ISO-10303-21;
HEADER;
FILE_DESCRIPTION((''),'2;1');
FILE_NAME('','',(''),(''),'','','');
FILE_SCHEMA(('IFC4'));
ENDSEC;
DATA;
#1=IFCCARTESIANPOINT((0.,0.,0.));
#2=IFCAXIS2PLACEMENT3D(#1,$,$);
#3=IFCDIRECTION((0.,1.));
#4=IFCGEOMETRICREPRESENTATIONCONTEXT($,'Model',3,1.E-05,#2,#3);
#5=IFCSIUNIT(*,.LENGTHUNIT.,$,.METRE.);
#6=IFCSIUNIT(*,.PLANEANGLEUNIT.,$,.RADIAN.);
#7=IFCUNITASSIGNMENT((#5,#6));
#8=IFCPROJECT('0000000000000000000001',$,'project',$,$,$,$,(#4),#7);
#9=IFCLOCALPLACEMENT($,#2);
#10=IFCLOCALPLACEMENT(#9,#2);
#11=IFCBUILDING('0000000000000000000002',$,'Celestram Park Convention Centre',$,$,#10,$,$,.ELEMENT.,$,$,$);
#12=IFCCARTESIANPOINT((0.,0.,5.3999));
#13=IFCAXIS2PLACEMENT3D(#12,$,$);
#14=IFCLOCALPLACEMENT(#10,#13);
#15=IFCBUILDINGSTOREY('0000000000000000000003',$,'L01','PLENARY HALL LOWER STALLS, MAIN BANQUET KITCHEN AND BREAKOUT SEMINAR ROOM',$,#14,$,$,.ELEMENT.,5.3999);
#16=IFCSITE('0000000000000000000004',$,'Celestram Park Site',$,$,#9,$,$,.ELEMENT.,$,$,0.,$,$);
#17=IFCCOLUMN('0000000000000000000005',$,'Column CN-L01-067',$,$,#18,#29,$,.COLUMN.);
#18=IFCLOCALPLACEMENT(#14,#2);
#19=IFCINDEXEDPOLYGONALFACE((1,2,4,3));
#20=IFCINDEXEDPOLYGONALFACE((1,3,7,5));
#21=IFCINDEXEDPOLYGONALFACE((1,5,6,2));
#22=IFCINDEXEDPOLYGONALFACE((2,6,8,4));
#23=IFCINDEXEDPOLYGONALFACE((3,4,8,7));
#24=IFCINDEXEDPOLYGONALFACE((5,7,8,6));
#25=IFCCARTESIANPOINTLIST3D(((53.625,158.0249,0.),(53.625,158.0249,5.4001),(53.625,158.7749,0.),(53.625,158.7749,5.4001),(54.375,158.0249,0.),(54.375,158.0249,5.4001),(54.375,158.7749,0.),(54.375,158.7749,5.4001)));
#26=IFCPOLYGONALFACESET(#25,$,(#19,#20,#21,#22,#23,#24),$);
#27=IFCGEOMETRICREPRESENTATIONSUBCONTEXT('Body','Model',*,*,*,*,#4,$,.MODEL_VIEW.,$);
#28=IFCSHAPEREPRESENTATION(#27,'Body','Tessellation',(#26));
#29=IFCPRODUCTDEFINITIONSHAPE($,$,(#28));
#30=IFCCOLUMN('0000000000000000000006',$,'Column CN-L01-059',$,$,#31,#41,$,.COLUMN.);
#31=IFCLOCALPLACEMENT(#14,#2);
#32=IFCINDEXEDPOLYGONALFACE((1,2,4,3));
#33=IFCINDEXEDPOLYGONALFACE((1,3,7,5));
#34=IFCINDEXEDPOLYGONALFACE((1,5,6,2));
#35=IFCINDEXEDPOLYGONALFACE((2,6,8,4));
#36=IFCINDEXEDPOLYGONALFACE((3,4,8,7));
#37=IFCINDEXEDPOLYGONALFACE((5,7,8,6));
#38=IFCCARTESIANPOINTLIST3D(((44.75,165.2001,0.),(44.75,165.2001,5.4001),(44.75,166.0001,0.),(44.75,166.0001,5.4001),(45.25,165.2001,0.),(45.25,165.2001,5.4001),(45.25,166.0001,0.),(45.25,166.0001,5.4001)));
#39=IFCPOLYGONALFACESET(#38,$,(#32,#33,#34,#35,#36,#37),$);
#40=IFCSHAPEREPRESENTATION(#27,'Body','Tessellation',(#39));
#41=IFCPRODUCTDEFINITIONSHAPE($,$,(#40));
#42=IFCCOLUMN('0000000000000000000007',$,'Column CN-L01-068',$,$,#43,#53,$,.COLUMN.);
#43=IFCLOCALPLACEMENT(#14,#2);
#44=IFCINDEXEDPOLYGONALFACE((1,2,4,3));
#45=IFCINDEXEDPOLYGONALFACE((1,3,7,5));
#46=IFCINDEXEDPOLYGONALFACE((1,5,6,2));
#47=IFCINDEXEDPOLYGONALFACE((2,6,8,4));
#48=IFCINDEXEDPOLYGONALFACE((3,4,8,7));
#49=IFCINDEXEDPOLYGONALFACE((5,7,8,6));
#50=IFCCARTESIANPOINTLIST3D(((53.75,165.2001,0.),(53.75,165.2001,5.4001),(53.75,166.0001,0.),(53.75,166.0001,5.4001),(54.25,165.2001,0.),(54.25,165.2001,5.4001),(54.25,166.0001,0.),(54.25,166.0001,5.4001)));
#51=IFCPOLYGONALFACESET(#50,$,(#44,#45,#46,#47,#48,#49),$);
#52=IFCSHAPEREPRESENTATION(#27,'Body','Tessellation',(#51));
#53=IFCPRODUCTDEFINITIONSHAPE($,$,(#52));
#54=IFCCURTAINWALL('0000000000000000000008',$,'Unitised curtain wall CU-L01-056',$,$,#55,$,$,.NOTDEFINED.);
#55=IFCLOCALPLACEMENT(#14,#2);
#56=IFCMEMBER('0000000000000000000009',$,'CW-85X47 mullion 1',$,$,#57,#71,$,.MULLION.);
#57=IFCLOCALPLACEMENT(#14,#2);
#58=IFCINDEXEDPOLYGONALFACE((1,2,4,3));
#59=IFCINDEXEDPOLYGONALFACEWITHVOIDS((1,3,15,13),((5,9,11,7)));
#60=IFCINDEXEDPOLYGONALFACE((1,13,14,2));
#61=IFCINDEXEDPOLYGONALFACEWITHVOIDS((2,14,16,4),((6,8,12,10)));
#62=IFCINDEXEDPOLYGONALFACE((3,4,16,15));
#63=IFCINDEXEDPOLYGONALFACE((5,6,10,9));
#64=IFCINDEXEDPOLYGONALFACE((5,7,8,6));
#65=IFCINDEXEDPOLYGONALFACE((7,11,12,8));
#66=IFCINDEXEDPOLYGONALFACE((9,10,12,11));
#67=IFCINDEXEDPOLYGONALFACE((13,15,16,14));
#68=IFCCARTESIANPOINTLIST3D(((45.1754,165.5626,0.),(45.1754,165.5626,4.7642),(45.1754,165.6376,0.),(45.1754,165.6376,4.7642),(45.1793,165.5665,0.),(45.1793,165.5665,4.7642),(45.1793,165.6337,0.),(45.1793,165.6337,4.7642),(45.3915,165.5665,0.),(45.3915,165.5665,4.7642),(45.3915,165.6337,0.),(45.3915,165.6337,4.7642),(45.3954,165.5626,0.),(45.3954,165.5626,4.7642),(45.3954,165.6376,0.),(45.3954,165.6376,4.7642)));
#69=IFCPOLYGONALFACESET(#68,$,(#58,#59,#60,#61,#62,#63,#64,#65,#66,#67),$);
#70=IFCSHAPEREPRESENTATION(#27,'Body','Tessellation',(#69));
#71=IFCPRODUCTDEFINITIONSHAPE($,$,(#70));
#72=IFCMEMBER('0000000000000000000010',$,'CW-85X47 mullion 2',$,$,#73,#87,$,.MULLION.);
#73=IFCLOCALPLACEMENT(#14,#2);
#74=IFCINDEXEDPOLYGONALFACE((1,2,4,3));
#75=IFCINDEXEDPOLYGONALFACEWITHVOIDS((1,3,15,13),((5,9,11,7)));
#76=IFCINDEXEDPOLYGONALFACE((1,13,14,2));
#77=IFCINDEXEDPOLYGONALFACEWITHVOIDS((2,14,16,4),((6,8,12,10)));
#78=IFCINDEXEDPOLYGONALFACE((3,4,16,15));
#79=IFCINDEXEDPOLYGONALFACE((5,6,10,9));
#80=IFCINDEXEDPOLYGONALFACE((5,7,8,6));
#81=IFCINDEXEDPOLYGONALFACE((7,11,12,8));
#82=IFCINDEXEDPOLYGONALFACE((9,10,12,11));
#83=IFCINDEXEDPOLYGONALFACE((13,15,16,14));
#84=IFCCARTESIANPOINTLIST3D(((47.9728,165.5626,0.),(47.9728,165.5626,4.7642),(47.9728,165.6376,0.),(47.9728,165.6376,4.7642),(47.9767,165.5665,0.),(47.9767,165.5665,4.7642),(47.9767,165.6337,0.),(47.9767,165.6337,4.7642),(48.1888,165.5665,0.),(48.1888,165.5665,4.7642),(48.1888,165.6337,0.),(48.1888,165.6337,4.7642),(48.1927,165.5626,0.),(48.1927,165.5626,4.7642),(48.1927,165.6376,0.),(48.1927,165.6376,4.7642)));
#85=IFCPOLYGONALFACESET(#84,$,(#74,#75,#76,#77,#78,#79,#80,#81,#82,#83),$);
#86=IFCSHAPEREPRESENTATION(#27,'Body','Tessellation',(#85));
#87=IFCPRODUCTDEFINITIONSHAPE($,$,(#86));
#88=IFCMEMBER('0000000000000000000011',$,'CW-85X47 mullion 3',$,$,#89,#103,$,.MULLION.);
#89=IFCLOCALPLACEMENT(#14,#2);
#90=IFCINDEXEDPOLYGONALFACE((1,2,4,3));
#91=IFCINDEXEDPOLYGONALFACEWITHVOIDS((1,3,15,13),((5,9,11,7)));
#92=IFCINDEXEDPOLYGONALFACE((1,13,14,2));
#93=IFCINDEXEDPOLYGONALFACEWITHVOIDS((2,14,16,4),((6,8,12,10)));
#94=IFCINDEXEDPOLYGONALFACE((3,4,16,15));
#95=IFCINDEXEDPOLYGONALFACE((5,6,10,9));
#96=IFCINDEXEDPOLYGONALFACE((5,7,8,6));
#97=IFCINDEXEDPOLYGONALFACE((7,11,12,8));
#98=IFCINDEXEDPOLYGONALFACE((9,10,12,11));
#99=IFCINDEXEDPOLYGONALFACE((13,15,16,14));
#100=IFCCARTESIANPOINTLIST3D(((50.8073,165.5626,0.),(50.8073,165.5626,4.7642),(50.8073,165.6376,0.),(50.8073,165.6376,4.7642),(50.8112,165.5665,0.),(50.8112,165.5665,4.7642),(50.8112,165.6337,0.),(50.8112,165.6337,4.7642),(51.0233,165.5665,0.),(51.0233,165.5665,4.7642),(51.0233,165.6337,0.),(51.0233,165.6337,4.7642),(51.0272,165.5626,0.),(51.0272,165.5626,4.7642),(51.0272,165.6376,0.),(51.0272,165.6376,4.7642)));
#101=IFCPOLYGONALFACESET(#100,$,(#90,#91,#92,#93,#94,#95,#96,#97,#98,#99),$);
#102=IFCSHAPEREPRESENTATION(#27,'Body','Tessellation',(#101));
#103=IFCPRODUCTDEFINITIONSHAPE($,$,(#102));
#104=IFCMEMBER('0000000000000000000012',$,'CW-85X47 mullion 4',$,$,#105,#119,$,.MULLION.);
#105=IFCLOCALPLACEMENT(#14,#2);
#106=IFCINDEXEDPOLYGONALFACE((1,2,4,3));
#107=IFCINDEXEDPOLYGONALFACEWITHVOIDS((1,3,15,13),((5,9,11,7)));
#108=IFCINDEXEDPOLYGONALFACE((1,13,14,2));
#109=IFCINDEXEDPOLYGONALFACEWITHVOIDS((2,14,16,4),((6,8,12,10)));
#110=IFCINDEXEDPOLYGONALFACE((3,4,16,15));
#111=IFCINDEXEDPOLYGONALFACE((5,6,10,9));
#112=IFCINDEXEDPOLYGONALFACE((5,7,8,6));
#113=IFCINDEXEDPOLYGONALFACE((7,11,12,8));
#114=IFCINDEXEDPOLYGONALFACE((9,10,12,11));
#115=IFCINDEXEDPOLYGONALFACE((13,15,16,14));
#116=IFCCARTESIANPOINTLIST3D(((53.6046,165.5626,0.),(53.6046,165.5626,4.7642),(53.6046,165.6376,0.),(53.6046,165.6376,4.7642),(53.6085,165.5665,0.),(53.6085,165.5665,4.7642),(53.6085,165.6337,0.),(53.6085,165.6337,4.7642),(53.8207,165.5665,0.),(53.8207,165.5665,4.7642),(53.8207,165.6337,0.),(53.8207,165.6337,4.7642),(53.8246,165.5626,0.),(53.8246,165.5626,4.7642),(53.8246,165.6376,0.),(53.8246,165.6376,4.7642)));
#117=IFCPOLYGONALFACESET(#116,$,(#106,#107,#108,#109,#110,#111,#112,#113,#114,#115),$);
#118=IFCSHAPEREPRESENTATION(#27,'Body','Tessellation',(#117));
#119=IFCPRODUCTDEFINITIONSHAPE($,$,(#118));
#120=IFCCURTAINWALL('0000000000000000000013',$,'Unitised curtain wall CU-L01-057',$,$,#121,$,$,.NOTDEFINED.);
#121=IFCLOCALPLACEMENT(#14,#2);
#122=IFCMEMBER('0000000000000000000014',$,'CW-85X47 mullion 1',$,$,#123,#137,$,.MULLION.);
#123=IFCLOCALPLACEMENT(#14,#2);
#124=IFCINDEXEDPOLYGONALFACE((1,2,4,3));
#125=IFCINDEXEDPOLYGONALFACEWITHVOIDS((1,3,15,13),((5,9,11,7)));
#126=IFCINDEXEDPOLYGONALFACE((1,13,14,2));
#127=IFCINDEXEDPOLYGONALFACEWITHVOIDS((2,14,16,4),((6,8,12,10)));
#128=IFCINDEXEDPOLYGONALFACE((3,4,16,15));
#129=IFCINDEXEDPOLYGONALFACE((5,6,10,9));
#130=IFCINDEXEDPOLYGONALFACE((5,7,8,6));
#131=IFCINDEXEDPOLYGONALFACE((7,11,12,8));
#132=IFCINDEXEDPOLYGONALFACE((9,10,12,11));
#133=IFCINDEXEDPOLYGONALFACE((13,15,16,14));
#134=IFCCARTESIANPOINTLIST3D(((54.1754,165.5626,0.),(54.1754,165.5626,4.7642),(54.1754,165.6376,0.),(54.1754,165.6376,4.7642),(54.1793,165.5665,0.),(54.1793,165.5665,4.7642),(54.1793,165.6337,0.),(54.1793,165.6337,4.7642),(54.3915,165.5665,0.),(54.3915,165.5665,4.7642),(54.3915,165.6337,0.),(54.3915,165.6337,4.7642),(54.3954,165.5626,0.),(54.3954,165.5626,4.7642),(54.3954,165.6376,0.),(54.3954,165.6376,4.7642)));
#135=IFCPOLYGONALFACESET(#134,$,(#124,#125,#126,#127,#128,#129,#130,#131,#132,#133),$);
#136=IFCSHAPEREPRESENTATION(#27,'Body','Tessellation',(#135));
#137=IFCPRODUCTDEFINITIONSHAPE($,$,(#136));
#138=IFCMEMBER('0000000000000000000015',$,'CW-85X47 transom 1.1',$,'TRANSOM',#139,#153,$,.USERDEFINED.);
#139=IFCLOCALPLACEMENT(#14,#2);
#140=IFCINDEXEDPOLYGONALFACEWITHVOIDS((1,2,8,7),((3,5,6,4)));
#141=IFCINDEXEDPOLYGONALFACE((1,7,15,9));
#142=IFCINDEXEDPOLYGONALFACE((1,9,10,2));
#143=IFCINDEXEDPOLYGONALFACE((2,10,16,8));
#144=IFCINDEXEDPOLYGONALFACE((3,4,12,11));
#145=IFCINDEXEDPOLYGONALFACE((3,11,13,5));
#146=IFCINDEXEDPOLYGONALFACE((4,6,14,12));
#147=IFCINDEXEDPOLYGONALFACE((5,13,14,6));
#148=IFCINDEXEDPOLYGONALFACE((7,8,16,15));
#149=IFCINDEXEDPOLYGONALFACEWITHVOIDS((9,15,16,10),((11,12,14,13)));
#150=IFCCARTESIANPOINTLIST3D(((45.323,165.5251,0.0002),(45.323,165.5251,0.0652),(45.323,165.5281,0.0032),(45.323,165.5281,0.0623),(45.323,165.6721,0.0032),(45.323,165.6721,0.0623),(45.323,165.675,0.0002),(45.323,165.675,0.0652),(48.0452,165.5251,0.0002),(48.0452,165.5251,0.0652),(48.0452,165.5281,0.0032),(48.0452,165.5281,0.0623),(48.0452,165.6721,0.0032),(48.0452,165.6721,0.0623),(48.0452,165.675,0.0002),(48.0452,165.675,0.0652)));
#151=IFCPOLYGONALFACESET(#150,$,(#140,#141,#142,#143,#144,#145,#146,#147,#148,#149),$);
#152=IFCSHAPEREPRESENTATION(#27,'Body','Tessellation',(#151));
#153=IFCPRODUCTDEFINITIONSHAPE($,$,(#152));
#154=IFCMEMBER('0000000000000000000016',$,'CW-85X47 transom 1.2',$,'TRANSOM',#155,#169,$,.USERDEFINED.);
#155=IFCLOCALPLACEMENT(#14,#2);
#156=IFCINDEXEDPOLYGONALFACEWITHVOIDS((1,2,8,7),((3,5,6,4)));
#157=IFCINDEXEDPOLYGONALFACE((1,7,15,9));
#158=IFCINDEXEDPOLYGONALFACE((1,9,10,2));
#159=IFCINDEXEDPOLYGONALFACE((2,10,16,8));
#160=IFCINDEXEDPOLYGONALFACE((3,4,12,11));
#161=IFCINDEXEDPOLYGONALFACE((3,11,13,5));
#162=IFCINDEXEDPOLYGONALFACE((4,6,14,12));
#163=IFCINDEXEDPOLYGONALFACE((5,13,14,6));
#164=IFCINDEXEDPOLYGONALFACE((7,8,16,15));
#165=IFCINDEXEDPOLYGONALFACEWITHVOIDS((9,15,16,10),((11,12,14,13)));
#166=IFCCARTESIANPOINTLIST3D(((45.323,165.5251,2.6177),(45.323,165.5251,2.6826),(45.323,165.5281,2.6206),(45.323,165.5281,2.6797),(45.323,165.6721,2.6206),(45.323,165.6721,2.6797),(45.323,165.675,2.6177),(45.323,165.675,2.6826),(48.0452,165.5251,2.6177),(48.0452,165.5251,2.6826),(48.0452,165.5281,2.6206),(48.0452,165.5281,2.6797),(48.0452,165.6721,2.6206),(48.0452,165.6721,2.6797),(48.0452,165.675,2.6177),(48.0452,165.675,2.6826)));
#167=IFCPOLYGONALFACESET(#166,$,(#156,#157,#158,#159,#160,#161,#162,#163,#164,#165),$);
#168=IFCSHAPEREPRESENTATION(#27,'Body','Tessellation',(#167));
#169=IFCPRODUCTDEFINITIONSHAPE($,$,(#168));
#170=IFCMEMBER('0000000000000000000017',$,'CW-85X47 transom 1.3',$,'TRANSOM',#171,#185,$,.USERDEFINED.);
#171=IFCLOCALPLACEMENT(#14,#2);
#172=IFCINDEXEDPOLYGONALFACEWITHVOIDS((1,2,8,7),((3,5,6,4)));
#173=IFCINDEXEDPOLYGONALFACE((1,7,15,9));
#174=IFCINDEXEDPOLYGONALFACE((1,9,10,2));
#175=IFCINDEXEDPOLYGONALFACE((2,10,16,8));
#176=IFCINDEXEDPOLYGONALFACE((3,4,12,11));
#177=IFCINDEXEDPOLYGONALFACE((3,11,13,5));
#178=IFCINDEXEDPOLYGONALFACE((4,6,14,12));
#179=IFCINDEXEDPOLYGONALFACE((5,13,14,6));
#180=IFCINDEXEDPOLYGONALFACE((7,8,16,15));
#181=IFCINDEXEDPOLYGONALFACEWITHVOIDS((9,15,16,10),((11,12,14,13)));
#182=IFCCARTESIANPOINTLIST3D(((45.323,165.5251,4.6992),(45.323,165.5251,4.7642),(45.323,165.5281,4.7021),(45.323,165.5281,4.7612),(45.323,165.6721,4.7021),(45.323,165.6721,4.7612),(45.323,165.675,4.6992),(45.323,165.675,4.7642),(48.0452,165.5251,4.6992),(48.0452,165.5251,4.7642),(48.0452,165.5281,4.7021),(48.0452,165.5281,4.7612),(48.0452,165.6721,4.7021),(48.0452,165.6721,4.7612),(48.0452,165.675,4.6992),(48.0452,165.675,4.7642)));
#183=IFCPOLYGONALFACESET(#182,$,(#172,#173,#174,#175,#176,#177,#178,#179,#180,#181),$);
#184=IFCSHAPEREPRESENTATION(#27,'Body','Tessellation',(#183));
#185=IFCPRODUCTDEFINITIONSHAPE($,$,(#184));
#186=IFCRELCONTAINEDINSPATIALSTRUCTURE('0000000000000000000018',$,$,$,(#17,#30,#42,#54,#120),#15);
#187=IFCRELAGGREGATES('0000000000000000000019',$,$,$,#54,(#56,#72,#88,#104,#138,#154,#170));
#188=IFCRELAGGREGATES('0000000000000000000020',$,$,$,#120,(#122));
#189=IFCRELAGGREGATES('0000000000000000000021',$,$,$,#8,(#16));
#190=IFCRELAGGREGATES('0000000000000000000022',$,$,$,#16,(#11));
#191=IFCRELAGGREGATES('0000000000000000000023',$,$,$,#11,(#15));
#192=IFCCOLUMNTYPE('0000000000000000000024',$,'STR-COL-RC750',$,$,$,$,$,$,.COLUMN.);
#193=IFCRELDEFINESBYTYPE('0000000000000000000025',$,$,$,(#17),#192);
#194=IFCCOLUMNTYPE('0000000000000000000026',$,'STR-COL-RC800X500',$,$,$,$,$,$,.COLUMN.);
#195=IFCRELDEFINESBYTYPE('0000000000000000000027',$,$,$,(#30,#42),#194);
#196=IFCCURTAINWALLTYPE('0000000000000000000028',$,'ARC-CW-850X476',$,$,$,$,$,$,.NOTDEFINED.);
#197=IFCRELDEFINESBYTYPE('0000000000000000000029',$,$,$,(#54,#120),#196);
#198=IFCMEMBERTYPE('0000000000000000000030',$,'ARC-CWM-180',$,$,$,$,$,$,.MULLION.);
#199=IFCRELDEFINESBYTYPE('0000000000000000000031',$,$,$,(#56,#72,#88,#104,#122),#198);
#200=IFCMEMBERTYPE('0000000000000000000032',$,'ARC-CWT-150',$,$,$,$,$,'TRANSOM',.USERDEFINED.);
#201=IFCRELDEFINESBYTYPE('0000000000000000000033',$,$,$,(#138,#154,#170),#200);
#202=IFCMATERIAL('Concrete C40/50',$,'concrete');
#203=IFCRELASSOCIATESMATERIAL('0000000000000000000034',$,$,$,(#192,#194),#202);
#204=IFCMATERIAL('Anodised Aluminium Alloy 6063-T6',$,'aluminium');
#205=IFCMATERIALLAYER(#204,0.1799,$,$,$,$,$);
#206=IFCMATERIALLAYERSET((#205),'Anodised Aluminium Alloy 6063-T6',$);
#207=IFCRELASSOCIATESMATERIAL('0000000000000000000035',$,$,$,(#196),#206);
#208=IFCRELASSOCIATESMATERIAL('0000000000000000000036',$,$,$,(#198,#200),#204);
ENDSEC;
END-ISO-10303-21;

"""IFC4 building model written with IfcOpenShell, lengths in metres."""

from ifc_helpers import new_model, si_unit, direction, frame, origin, origin_2d, place, context, subcontext, project, spatial, rectangle, hollow_rectangle, extrude, material, layer, layer_set, material_profile, profile_set, type_object, element, aggregate, save


model = new_model("IFC4")

# Units and contexts
model_context = context("Model", 3, precision=1e-05, world=origin(), true_north=direction((0.0, 1.0)))
body_context = subcontext(model_context, "Body", "Model", "MODEL_VIEW")
ifc_project = project(units=[si_unit("LENGTHUNIT", "METRE"), si_unit("PLANEANGLEUNIT", "RADIAN")], contexts=[model_context])

# Site, building, storey
site_placement = place(None, origin())
site = spatial("IfcSite", under=ifc_project, at=site_placement, Name="Celestram Park Site", CompositionType="ELEMENT", RefElevation=0.0)
building_placement = place(site_placement, origin())
building = spatial("IfcBuilding", under=site, at=building_placement, Name="Celestram Park Convention Centre", CompositionType="ELEMENT")
storey_placement = place(building_placement, frame((0.0, 0.0, 5.3999)))
storey = spatial("IfcBuildingStorey", under=building, at=storey_placement, Name="L01", Description="PLENARY HALL LOWER STALLS, MAIN BANQUET KITCHEN AND BREAKOUT SEMINAR ROOM", CompositionType="ELEMENT", Elevation=5.3999)

# Columns
ifc_material_1 = material(Name="Concrete C40/50", Category="concrete")
ifc_material_profile_1 = material_profile(ifc_material_1, rectangle(XDim=0.75, YDim=0.75, at=origin_2d()), Name="RC750X750")
ifc_profile_set_1 = profile_set([ifc_material_profile_1], Name="Concrete C40/50")
column_type_1 = type_object("IfcColumnType", Name="STR-COL-RC750", PredefinedType="COLUMN", material=ifc_profile_set_1)
column_placement = place(storey_placement, frame((54.0, 158.3999, 0.0), z_axis=(0.0, 0.0, 1.0), x_axis=(1.0, 0.0, 0.0)))
element("IfcColumn", 1, at=column_placement, inside=storey, type_object=column_type_1, Name="Column CN-L01-067", PredefinedType="COLUMN", context=body_context, shape_type="SweptSolid", body=[
    extrude(rectangle(XDim=0.75, YDim=0.75, at=origin_2d()), origin(), (0.0, 0.0, 1.0), 5.4001),
])
ifc_material_profile_2 = material_profile(ifc_material_1, rectangle(XDim=0.5, YDim=0.8, at=origin_2d()), Name="RC800X500")
ifc_profile_set_2 = profile_set([ifc_material_profile_2], Name="Concrete C40/50")
column_type_2 = type_object("IfcColumnType", Name="STR-COL-RC800X500", PredefinedType="COLUMN", material=ifc_profile_set_2)
for number, where, z_axis, x_axis, name in (
    (2, (45.0, 165.6001, 0.0), (0.0, 0.0, 1.0), (1.0, 0.0, 0.0), "Column CN-L01-059"),
    (3, (54.0, 165.6001, 0.0), (0.0, 0.0, 1.0), (1.0, 0.0, 0.0), "Column CN-L01-068"),
):
    element("IfcColumn", number, at=place(storey_placement, frame(where, z_axis=z_axis, x_axis=x_axis)), inside=storey, type_object=column_type_2, Name=name, PredefinedType="COLUMN", context=body_context, shape_type="SweptSolid", body=[
        extrude(rectangle(XDim=0.5, YDim=0.8, at=origin_2d()), origin(), (0.0, 0.0, 1.0), 5.4001),
    ])

# Curtain wall, members
ifc_material_2 = material(Name="Anodised Aluminium Alloy 6063-T6", Category="aluminium")
ifc_layer_1 = layer(ifc_material_2, 0.1799)
ifc_layer_set_1 = layer_set([ifc_layer_1], Name="Anodised Aluminium Alloy 6063-T6")
curtain_wall_type = type_object("IfcCurtainWallType", Name="ARC-CW-850X476", PredefinedType="NOTDEFINED", material=ifc_layer_set_1)
curtain_wall_1_placement = place(storey_placement, origin())
curtain_wall_1 = element("IfcCurtainWall", 4, at=curtain_wall_1_placement, inside=storey, type_object=curtain_wall_type, Name="Unitised curtain wall CU-L01-056", PredefinedType="NOTDEFINED")
ifc_material_profile_3 = material_profile(ifc_material_2, hollow_rectangle(XDim=0.075, YDim=0.22, WallThickness=0.0039, at=origin_2d()), Name="ALU75X220X4")
ifc_profile_set_3 = profile_set([ifc_material_profile_3], Name="Anodised Aluminium Alloy 6063-T6")
member_type_1 = type_object("IfcMemberType", Name="ARC-CWM-180", PredefinedType="MULLION", material=ifc_profile_set_3)
member_1_placement = place(storey_placement, frame((45.2854, 165.6001, 0.0), z_axis=(0.0, 0.0, 1.0), x_axis=(0.0, 1.0, 0.0)))
member_1 = element("IfcMember", 5, at=member_1_placement, type_object=member_type_1, Name="CW-85X47 mullion 1", PredefinedType="MULLION", context=body_context, shape_type="SweptSolid", body=[
    extrude(hollow_rectangle(XDim=0.075, YDim=0.22, WallThickness=0.0039, at=origin_2d()), origin(), (0.0, 0.0, 1.0), 4.7642),
])
member_2_placement = place(storey_placement, frame((48.0828, 165.6001, 0.0), z_axis=(0.0, 0.0, 1.0), x_axis=(0.0, 1.0, 0.0)))
member_2 = element("IfcMember", 6, at=member_2_placement, type_object=member_type_1, Name="CW-85X47 mullion 2", PredefinedType="MULLION", context=body_context, shape_type="SweptSolid", body=[
    extrude(hollow_rectangle(XDim=0.075, YDim=0.22, WallThickness=0.0039, at=origin_2d()), origin(), (0.0, 0.0, 1.0), 4.7642),
])
member_3_placement = place(storey_placement, frame((50.9172, 165.6001, 0.0), z_axis=(0.0, 0.0, 1.0), x_axis=(0.0, 1.0, 0.0)))
member_3 = element("IfcMember", 7, at=member_3_placement, type_object=member_type_1, Name="CW-85X47 mullion 3", PredefinedType="MULLION", context=body_context, shape_type="SweptSolid", body=[
    extrude(hollow_rectangle(XDim=0.075, YDim=0.22, WallThickness=0.0039, at=origin_2d()), origin(), (0.0, 0.0, 1.0), 4.7642),
])
member_4_placement = place(storey_placement, frame((53.7146, 165.6001, 0.0), z_axis=(0.0, 0.0, 1.0), x_axis=(0.0, 1.0, 0.0)))
member_4 = element("IfcMember", 8, at=member_4_placement, type_object=member_type_1, Name="CW-85X47 mullion 4", PredefinedType="MULLION", context=body_context, shape_type="SweptSolid", body=[
    extrude(hollow_rectangle(XDim=0.075, YDim=0.22, WallThickness=0.0039, at=origin_2d()), origin(), (0.0, 0.0, 1.0), 4.7642),
])

# Curtain wall, member
curtain_wall_2_placement = place(storey_placement, origin())
curtain_wall_2 = element("IfcCurtainWall", 9, at=curtain_wall_2_placement, inside=storey, type_object=curtain_wall_type, Name="Unitised curtain wall CU-L01-057", PredefinedType="NOTDEFINED")
member_5_placement = place(storey_placement, frame((54.2854, 165.6001, 0.0), z_axis=(0.0, 0.0, 1.0), x_axis=(0.0, 1.0, 0.0)))
member_5 = element("IfcMember", 10, at=member_5_placement, type_object=member_type_1, Name="CW-85X47 mullion 1", PredefinedType="MULLION", context=body_context, shape_type="SweptSolid", body=[
    extrude(hollow_rectangle(XDim=0.075, YDim=0.22, WallThickness=0.0039, at=origin_2d()), origin(), (0.0, 0.0, 1.0), 4.7642),
])

# Members
ifc_material_profile_4 = material_profile(ifc_material_2, hollow_rectangle(XDim=0.1499, YDim=0.0649, WallThickness=0.0029, at=origin_2d()), Name="ALU150X65X3")
ifc_profile_set_4 = profile_set([ifc_material_profile_4], Name="Anodised Aluminium Alloy 6063-T6")
member_type_2 = type_object("IfcMemberType", Name="ARC-CWT-150", ElementType="TRANSOM", PredefinedType="USERDEFINED", material=ifc_profile_set_4)
member_6_placement = place(storey_placement, frame((45.323, 165.6001, 0.0327), z_axis=(1.0, 0.0, 0.0), x_axis=(0.0, 1.0, 0.0)))
member_6 = element("IfcMember", 11, at=member_6_placement, type_object=member_type_2, Name="CW-85X47 transom 1.1", ObjectType="TRANSOM", PredefinedType="USERDEFINED", context=body_context, shape_type="SweptSolid", body=[
    extrude(hollow_rectangle(XDim=0.1499, YDim=0.0649, WallThickness=0.0029, at=origin_2d()), origin(), (0.0, 0.0, 1.0), 2.7222),
])
member_7_placement = place(storey_placement, frame((45.323, 165.6001, 2.6501), z_axis=(1.0, 0.0, 0.0), x_axis=(0.0, 1.0, 0.0)))
member_7 = element("IfcMember", 12, at=member_7_placement, type_object=member_type_2, Name="CW-85X47 transom 1.2", ObjectType="TRANSOM", PredefinedType="USERDEFINED", context=body_context, shape_type="SweptSolid", body=[
    extrude(hollow_rectangle(XDim=0.1499, YDim=0.0649, WallThickness=0.0029, at=origin_2d()), origin(), (0.0, 0.0, 1.0), 2.7222),
])
member_8_placement = place(storey_placement, frame((45.323, 165.6001, 4.7317), z_axis=(1.0, 0.0, 0.0), x_axis=(0.0, 1.0, 0.0)))
member_8 = element("IfcMember", 13, at=member_8_placement, type_object=member_type_2, Name="CW-85X47 transom 1.3", ObjectType="TRANSOM", PredefinedType="USERDEFINED", context=body_context, shape_type="SweptSolid", body=[
    extrude(hollow_rectangle(XDim=0.1499, YDim=0.0649, WallThickness=0.0029, at=origin_2d()), origin(), (0.0, 0.0, 1.0), 2.7222),
])

aggregate(curtain_wall_1, [member_1, member_2, member_3, member_4, member_6, member_7, member_8])
aggregate(curtain_wall_2, [member_5])

save(model, "model.ifc")
